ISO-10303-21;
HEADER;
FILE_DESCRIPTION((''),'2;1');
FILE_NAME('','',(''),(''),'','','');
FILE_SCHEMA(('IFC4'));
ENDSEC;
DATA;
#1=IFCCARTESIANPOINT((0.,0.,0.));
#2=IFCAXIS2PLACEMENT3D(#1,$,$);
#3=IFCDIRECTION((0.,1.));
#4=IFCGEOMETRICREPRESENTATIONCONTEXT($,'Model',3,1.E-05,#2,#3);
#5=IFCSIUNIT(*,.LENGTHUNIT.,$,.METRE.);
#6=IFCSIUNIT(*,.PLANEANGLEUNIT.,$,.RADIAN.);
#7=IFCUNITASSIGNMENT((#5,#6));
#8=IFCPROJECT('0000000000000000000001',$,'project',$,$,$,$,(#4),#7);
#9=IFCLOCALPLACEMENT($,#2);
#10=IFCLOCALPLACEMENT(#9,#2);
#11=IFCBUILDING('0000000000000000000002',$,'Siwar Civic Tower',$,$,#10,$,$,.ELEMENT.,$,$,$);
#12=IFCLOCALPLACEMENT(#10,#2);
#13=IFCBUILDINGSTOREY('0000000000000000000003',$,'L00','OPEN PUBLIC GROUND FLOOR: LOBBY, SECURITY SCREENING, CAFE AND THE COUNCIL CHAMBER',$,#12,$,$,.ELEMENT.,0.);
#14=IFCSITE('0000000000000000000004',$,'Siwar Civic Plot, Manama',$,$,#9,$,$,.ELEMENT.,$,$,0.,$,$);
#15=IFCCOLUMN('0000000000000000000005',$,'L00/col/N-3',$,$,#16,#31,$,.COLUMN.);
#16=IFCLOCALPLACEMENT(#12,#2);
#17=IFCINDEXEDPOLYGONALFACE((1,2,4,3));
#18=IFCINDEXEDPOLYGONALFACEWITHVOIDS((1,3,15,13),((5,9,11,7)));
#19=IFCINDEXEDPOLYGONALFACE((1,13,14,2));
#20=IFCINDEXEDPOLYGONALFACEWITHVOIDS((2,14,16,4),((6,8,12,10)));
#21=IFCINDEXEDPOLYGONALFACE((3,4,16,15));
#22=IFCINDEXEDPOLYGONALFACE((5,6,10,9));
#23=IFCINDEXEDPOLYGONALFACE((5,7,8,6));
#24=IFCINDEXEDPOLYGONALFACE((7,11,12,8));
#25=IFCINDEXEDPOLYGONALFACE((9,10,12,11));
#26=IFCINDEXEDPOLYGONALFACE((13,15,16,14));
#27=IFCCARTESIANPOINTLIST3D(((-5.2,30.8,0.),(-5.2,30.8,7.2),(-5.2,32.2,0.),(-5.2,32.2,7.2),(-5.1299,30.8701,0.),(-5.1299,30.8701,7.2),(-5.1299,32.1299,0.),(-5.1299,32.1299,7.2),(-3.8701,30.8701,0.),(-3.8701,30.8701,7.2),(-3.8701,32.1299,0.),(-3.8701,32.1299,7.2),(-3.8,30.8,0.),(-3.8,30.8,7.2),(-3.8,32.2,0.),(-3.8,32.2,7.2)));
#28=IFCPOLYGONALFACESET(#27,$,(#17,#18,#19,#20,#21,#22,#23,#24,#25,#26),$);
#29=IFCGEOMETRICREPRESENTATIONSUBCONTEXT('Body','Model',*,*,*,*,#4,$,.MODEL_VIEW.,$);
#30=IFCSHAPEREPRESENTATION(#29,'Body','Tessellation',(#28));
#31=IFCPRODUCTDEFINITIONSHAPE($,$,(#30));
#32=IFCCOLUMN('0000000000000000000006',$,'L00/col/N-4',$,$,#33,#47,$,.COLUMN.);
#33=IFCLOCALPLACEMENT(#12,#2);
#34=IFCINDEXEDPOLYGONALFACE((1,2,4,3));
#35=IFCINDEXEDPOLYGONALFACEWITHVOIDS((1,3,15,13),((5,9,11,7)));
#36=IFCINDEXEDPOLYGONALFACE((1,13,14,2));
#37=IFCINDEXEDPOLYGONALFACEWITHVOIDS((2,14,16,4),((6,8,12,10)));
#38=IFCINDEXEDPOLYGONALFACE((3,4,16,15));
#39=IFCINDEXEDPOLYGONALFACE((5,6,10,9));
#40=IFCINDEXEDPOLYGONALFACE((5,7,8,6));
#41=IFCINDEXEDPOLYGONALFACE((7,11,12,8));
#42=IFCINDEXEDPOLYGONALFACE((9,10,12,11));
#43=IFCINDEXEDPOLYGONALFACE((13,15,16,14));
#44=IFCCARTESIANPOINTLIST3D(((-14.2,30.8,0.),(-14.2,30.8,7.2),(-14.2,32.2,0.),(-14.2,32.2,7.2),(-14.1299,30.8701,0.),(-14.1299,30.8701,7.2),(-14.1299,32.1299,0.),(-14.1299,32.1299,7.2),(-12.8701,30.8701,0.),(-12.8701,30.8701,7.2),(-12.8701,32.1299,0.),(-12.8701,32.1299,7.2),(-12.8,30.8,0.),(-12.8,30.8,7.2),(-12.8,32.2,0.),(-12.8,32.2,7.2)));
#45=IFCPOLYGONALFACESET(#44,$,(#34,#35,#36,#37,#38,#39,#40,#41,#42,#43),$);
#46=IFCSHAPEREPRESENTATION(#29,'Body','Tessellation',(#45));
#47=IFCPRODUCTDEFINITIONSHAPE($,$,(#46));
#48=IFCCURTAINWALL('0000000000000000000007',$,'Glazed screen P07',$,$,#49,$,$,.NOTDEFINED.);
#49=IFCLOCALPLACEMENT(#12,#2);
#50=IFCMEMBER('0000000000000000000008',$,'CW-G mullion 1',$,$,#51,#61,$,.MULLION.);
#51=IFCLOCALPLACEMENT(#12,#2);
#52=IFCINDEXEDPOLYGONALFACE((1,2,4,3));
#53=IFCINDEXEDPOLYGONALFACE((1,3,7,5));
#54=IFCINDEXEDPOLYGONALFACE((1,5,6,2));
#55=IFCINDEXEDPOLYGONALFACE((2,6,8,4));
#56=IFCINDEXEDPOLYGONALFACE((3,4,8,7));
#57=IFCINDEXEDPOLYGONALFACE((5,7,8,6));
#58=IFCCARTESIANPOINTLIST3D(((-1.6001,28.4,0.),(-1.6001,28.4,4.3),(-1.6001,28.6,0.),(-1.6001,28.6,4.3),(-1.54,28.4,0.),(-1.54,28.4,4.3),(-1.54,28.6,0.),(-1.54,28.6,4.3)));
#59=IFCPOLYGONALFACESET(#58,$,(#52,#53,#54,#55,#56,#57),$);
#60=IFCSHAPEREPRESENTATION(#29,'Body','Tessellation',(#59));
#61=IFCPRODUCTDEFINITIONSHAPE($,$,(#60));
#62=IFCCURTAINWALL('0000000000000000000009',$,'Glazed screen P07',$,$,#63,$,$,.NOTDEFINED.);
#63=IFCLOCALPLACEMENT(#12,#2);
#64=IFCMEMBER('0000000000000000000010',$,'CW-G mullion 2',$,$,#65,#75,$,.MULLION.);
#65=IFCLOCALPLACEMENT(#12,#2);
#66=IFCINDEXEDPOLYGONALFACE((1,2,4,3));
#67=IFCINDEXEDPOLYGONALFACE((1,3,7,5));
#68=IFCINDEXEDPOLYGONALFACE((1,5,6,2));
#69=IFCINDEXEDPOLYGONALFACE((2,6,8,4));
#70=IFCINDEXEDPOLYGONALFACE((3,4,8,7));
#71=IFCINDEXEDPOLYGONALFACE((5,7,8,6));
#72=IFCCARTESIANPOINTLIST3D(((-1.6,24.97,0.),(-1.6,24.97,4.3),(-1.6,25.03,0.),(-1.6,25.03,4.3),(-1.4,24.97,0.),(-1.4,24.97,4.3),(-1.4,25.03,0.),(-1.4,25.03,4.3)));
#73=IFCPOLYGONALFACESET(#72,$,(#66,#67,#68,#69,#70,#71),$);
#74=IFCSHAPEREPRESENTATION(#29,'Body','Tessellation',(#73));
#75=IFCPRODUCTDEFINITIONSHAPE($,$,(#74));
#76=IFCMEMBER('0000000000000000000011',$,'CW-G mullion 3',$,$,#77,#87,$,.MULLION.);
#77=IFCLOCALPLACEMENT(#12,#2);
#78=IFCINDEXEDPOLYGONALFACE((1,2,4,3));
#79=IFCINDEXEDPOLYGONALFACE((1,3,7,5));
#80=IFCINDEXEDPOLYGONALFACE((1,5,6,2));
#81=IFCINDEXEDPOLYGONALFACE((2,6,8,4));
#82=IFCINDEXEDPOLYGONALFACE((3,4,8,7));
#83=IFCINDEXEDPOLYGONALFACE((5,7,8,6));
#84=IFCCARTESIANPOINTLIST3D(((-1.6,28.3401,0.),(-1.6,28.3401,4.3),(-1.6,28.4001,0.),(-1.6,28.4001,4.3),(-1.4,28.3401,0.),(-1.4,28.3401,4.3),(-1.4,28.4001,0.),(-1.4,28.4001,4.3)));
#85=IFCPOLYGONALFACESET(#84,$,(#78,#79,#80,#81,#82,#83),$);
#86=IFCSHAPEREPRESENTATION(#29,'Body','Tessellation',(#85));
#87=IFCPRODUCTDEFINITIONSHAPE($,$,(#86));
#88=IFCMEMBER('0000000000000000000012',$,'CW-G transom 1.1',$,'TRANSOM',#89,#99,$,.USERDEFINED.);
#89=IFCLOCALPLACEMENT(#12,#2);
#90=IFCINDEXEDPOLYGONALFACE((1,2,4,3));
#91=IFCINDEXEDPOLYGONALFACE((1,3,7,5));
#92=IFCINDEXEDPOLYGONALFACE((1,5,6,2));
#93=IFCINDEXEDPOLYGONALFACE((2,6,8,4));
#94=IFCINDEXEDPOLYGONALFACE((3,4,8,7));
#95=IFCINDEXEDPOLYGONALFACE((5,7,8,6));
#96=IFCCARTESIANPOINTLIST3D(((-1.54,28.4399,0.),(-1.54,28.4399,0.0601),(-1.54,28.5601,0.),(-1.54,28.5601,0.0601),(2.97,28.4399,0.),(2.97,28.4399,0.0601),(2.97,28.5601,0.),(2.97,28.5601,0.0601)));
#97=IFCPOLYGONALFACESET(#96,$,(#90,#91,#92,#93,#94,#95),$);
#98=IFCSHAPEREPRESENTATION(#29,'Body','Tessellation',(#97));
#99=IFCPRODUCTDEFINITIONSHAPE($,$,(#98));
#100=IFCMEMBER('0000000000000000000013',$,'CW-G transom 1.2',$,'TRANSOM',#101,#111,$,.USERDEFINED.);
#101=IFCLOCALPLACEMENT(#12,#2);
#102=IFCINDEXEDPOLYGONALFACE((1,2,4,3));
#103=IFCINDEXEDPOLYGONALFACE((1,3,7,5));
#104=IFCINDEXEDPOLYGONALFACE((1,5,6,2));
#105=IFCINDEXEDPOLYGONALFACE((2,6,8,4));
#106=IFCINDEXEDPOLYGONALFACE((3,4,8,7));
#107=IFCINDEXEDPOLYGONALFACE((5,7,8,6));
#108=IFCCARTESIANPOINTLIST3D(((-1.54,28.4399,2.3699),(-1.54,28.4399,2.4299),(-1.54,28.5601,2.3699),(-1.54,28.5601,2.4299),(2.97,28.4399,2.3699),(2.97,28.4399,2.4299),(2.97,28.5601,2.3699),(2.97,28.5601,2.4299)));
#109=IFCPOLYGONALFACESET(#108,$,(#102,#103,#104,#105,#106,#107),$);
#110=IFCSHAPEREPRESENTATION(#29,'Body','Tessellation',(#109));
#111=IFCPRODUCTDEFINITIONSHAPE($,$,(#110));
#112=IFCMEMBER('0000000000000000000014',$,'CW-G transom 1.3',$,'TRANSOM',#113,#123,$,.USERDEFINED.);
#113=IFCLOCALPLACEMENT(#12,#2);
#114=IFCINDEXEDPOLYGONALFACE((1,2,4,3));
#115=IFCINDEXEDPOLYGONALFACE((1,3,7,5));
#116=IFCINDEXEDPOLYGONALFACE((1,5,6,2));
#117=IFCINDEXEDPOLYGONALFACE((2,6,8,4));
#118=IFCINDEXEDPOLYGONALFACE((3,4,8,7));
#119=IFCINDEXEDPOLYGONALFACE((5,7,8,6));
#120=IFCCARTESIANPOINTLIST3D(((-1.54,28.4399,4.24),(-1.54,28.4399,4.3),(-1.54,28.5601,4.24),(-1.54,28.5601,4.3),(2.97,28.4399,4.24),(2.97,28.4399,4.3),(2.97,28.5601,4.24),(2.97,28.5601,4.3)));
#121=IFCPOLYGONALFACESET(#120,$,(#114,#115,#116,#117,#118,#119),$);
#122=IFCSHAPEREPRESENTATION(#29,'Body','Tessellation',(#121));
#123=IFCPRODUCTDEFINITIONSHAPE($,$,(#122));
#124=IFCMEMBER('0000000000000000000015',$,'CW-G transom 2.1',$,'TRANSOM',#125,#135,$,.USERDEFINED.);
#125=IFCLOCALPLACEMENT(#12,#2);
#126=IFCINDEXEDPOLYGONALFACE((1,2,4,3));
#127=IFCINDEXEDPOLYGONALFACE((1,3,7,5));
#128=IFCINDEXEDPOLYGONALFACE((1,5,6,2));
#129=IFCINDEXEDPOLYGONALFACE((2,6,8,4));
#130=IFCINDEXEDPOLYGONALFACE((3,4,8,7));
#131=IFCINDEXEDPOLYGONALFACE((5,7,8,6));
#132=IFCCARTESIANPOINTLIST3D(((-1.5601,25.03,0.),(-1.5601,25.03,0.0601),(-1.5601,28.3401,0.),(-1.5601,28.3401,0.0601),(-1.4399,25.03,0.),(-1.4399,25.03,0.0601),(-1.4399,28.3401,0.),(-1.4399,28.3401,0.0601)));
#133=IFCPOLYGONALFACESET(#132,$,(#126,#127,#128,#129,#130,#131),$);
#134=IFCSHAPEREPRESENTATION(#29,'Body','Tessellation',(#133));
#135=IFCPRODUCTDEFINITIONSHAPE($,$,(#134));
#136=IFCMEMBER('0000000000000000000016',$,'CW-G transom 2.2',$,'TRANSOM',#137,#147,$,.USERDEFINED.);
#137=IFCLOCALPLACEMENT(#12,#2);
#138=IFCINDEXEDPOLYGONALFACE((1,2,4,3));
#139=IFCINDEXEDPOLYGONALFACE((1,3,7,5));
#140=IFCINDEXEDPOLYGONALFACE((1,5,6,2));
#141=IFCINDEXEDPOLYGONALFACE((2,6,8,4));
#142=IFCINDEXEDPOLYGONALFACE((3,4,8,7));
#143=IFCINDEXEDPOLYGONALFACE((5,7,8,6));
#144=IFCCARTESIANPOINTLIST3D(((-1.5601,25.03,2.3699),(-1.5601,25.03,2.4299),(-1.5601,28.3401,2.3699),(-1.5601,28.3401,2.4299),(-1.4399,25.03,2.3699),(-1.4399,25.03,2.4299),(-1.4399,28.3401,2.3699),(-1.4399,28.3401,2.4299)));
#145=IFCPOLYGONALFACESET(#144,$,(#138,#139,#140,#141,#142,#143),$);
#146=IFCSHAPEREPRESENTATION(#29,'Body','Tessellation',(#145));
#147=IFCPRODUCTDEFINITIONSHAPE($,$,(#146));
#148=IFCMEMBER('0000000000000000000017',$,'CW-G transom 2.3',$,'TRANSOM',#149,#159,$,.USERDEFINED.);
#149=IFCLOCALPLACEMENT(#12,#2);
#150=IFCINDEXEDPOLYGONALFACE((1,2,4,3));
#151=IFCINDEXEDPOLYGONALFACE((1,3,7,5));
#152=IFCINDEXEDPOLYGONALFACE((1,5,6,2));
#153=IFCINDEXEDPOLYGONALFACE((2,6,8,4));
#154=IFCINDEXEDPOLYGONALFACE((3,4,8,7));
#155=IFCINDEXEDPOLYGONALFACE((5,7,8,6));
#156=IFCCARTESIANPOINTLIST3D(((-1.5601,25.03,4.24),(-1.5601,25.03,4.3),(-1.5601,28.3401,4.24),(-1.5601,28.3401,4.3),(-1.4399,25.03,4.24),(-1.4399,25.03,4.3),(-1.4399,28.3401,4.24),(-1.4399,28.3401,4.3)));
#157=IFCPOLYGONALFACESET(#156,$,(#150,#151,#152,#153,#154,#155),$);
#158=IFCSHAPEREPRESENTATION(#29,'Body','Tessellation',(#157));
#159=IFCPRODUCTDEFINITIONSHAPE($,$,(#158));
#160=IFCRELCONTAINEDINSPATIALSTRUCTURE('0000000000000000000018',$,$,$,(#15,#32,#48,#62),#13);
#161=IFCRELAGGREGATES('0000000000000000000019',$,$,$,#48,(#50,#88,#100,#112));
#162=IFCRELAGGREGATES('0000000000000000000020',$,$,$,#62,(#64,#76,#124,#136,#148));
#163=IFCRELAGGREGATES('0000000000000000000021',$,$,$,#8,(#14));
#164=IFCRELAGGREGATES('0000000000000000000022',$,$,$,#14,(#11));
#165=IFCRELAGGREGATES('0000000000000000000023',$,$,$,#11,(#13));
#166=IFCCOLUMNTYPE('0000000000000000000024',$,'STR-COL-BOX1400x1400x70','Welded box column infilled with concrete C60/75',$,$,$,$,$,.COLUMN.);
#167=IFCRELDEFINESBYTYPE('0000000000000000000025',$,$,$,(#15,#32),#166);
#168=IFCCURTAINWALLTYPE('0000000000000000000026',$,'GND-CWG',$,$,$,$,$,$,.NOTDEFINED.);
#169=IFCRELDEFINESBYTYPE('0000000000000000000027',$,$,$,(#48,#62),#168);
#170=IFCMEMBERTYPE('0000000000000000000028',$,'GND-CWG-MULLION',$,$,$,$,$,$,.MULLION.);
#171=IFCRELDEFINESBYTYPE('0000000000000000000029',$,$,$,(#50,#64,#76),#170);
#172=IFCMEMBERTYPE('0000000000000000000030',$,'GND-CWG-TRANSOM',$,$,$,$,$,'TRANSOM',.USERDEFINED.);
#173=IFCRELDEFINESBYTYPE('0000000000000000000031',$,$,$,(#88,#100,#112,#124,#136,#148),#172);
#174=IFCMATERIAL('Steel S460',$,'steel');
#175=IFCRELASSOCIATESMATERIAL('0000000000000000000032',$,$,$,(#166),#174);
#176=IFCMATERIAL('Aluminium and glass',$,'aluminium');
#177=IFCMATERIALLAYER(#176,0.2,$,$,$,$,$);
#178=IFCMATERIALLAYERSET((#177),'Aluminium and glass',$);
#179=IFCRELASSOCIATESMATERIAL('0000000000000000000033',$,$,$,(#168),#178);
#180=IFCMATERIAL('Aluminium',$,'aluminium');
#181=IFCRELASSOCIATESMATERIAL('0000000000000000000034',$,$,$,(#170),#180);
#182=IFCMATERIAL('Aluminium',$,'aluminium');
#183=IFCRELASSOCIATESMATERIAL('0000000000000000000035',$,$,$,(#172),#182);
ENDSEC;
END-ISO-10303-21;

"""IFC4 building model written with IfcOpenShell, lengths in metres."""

from ifc_helpers import new_model, si_unit, direction, frame, origin, origin_2d, place, context, subcontext, project, spatial, rectangle, hollow_rectangle, extrude, material, layer, layer_set, material_profile, profile_set, type_object, element, aggregate, save


model = new_model("IFC4")

# Units and contexts
model_context = context("Model", 3, precision=1e-05, world=origin(), true_north=direction((0.0, 1.0)))
body_context = subcontext(model_context, "Body", "Model", "MODEL_VIEW")
ifc_project = project(units=[si_unit("LENGTHUNIT", "METRE"), si_unit("PLANEANGLEUNIT", "RADIAN")], contexts=[model_context])

# Site, building, storey
site_placement = place(None, origin())
site = spatial("IfcSite", under=ifc_project, at=site_placement, Name="Siwar Civic Plot, Manama", CompositionType="ELEMENT", RefElevation=0.0)
building_placement = place(site_placement, origin())
building = spatial("IfcBuilding", under=site, at=building_placement, Name="Siwar Civic Tower", CompositionType="ELEMENT")
storey_placement = place(building_placement, origin())
storey = spatial("IfcBuildingStorey", under=building, at=storey_placement, Name="L00", Description="OPEN PUBLIC GROUND FLOOR: LOBBY, SECURITY SCREENING, CAFE AND THE COUNCIL CHAMBER", CompositionType="ELEMENT", Elevation=0.0)

# Columns
ifc_material_1 = material(Name="Steel S460", Category="steel")
ifc_material_profile_1 = material_profile(ifc_material_1, hollow_rectangle(XDim=1.3999, YDim=1.3999, WallThickness=0.0701, at=origin_2d()), Name="BOX1400x1400x70")
ifc_profile_set_1 = profile_set([ifc_material_profile_1], Name="Steel S460")
column_type = type_object("IfcColumnType", Name="STR-COL-BOX1400x1400x70", Description="Welded box column infilled with concrete C60/75", PredefinedType="COLUMN", material=ifc_profile_set_1)
for number, where, z_axis, x_axis, name in (
    (1, (-4.5, 31.5, 0.0), (0.0, 0.0, 1.0), (1.0, 0.0, 0.0), "L00/col/N-3"),
    (2, (-13.5, 31.5, 0.0), (0.0, 0.0, 1.0), (1.0, 0.0, 0.0), "L00/col/N-4"),
):
    element("IfcColumn", number, at=place(storey_placement, frame(where, z_axis=z_axis, x_axis=x_axis)), inside=storey, type_object=column_type, Name=name, PredefinedType="COLUMN", context=body_context, shape_type="SweptSolid", body=[
        extrude(hollow_rectangle(XDim=1.3999, YDim=1.3999, WallThickness=0.0701, at=origin_2d()), origin(), (0.0, 0.0, 1.0), 7.2),
    ])

# Curtain wall, member
ifc_material_2 = material(Name="Aluminium and glass", Category="aluminium")
ifc_layer_1 = layer(ifc_material_2, 0.2)
ifc_layer_set_1 = layer_set([ifc_layer_1], Name="Aluminium and glass")
curtain_wall_type = type_object("IfcCurtainWallType", Name="GND-CWG", PredefinedType="NOTDEFINED", material=ifc_layer_set_1)
curtain_wall_1_placement = place(storey_placement, origin())
curtain_wall_1 = element("IfcCurtainWall", 3, at=curtain_wall_1_placement, inside=storey, type_object=curtain_wall_type, Name="Glazed screen P07", PredefinedType="NOTDEFINED")
ifc_material_3 = material(Name="Aluminium", Category="aluminium")
ifc_material_profile_2 = material_profile(ifc_material_3, rectangle(XDim=0.2, YDim=0.0601, at=origin_2d()), Name="AL 200x60")
ifc_profile_set_2 = profile_set([ifc_material_profile_2], Name="Aluminium")
member_type_1 = type_object("IfcMemberType", Name="GND-CWG-MULLION", PredefinedType="MULLION", material=ifc_profile_set_2)
member_1_placement = place(storey_placement, frame((-1.5701, 28.5, 0.0), z_axis=(0.0, 0.0, 1.0), x_axis=(0.0, 1.0, 0.0)))
member_1 = element("IfcMember", 4, at=member_1_placement, type_object=member_type_1, Name="CW-G mullion 1", PredefinedType="MULLION", context=body_context, shape_type="SweptSolid", body=[
    extrude(rectangle(XDim=0.2, YDim=0.0601, at=origin_2d()), origin(), (0.0, 0.0, 1.0), 4.3),
])

# Curtain wall, members
curtain_wall_2_placement = place(storey_placement, origin())
curtain_wall_2 = element("IfcCurtainWall", 5, at=curtain_wall_2_placement, inside=storey, type_object=curtain_wall_type, Name="Glazed screen P07", PredefinedType="NOTDEFINED")
member_2_placement = place(storey_placement, frame((-1.5, 25.0, 0.0), z_axis=(0.0, 0.0, 1.0), x_axis=(-1.0, 0.0, 0.0)))
member_2 = element("IfcMember", 6, at=member_2_placement, type_object=member_type_1, Name="CW-G mullion 2", PredefinedType="MULLION", context=body_context, shape_type="SweptSolid", body=[
    extrude(rectangle(XDim=0.2, YDim=0.0601, at=origin_2d()), origin(), (0.0, 0.0, 1.0), 4.3),
])
member_3_placement = place(storey_placement, frame((-1.5, 28.3701, 0.0), z_axis=(0.0, 0.0, 1.0), x_axis=(-1.0, 0.0, 0.0)))
member_3 = element("IfcMember", 7, at=member_3_placement, type_object=member_type_1, Name="CW-G mullion 3", PredefinedType="MULLION", context=body_context, shape_type="SweptSolid", body=[
    extrude(rectangle(XDim=0.2, YDim=0.0601, at=origin_2d()), origin(), (0.0, 0.0, 1.0), 4.3),
])

# Members
ifc_material_4 = material(Name="Aluminium", Category="aluminium")
ifc_material_profile_3 = material_profile(ifc_material_4, rectangle(XDim=0.1201, YDim=0.0601, at=origin_2d()), Name="AL 120x60")
ifc_profile_set_3 = profile_set([ifc_material_profile_3], Name="Aluminium")
member_type_2 = type_object("IfcMemberType", Name="GND-CWG-TRANSOM", ElementType="TRANSOM", PredefinedType="USERDEFINED", material=ifc_profile_set_3)
member_4_placement = place(storey_placement, frame((-1.54, 28.5, 0.03), z_axis=(1.0, 0.0, 0.0), x_axis=(0.0, 1.0, 0.0)))
member_4 = element("IfcMember", 8, at=member_4_placement, type_object=member_type_2, Name="CW-G transom 1.1", ObjectType="TRANSOM", PredefinedType="USERDEFINED", context=body_context, shape_type="SweptSolid", body=[
    extrude(rectangle(XDim=0.1201, YDim=0.0601, at=origin_2d()), origin(), (0.0, 0.0, 1.0), 4.51),
])
member_5_placement = place(storey_placement, frame((-1.54, 28.5, 2.3999), z_axis=(1.0, 0.0, 0.0), x_axis=(0.0, 1.0, 0.0)))
member_5 = element("IfcMember", 9, at=member_5_placement, type_object=member_type_2, Name="CW-G transom 1.2", ObjectType="TRANSOM", PredefinedType="USERDEFINED", context=body_context, shape_type="SweptSolid", body=[
    extrude(rectangle(XDim=0.1201, YDim=0.0601, at=origin_2d()), origin(), (0.0, 0.0, 1.0), 4.51),
])
member_6_placement = place(storey_placement, frame((-1.54, 28.5, 4.27), z_axis=(1.0, 0.0, 0.0), x_axis=(0.0, 1.0, 0.0)))
member_6 = element("IfcMember", 10, at=member_6_placement, type_object=member_type_2, Name="CW-G transom 1.3", ObjectType="TRANSOM", PredefinedType="USERDEFINED", context=body_context, shape_type="SweptSolid", body=[
    extrude(rectangle(XDim=0.1201, YDim=0.0601, at=origin_2d()), origin(), (0.0, 0.0, 1.0), 4.51),
])
aggregate(curtain_wall_1, [member_1, member_4, member_5, member_6])
member_7_placement = place(storey_placement, frame((-1.5, 25.03, 0.03), z_axis=(0.0, 1.0, 0.0), x_axis=(-1.0, 0.0, 0.0)))
member_7 = element("IfcMember", 11, at=member_7_placement, type_object=member_type_2, Name="CW-G transom 2.1", ObjectType="TRANSOM", PredefinedType="USERDEFINED", context=body_context, shape_type="SweptSolid", body=[
    extrude(rectangle(XDim=0.1201, YDim=0.0601, at=origin_2d()), origin(), (0.0, 0.0, 1.0), 3.3101),
])
member_8_placement = place(storey_placement, frame((-1.5, 25.03, 2.3999), z_axis=(0.0, 1.0, 0.0), x_axis=(-1.0, 0.0, 0.0)))
member_8 = element("IfcMember", 12, at=member_8_placement, type_object=member_type_2, Name="CW-G transom 2.2", ObjectType="TRANSOM", PredefinedType="USERDEFINED", context=body_context, shape_type="SweptSolid", body=[
    extrude(rectangle(XDim=0.1201, YDim=0.0601, at=origin_2d()), origin(), (0.0, 0.0, 1.0), 3.3101),
])
member_9_placement = place(storey_placement, frame((-1.5, 25.03, 4.27), z_axis=(0.0, 1.0, 0.0), x_axis=(-1.0, 0.0, 0.0)))
member_9 = element("IfcMember", 13, at=member_9_placement, type_object=member_type_2, Name="CW-G transom 2.3", ObjectType="TRANSOM", PredefinedType="USERDEFINED", context=body_context, shape_type="SweptSolid", body=[
    extrude(rectangle(XDim=0.1201, YDim=0.0601, at=origin_2d()), origin(), (0.0, 0.0, 1.0), 3.3101),
])

aggregate(curtain_wall_2, [member_2, member_3, member_7, member_8, member_9])

save(model, "model.ifc")
